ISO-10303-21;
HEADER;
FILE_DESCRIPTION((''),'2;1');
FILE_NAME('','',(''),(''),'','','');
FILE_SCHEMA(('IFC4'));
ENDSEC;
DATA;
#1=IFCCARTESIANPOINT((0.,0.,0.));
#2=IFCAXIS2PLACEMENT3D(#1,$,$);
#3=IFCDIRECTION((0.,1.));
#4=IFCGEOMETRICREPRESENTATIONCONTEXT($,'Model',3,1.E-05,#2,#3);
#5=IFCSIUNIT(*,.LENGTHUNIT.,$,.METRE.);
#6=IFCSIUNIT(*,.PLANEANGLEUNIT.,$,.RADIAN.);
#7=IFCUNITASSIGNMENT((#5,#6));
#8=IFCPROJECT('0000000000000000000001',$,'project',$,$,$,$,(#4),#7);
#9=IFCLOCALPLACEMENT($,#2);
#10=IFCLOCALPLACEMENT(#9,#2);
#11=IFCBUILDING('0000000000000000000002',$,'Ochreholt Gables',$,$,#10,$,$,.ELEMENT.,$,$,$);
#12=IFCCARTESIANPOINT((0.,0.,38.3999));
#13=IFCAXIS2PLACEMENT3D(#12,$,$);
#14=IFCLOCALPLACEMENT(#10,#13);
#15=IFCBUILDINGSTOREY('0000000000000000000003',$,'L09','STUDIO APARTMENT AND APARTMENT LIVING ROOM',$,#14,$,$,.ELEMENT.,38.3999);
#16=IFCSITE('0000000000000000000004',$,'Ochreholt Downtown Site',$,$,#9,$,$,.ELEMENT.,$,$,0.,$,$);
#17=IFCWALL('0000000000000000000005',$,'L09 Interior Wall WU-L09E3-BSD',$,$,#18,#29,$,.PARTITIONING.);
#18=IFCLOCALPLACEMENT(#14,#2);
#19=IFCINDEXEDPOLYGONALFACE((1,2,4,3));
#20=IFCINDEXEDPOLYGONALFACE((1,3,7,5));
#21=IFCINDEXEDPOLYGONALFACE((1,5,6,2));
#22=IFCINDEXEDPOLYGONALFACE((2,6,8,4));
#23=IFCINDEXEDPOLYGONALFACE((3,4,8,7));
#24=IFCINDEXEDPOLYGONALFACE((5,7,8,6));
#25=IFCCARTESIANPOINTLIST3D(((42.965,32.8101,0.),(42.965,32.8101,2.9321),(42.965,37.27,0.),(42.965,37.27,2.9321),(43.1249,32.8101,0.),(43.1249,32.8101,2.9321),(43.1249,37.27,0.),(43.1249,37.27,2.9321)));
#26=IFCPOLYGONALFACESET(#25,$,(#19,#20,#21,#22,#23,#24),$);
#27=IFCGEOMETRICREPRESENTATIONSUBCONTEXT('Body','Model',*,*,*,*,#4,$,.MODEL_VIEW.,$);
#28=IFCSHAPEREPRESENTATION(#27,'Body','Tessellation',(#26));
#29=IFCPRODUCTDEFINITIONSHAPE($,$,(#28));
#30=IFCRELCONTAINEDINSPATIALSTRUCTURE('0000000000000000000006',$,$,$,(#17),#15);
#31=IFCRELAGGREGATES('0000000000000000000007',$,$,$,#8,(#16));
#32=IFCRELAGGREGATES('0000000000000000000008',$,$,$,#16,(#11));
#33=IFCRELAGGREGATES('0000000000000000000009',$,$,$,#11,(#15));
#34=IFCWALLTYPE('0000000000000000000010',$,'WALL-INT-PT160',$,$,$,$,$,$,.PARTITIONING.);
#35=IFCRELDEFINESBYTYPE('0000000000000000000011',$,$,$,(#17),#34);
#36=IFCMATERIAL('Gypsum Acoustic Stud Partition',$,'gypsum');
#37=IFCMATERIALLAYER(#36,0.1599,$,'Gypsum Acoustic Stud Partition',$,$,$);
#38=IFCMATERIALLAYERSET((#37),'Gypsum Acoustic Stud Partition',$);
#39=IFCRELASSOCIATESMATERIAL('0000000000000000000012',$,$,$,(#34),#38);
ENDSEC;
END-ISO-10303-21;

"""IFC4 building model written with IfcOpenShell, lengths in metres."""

from ifc_helpers import new_model, si_unit, direction, frame, frame_2d, origin, place, context, subcontext, project, spatial, rectangle, extrude, material, layer, layer_set, type_object, element, save


model = new_model("IFC4")

# Units and contexts
model_context = context("Model", 3, precision=1e-05, world=origin(), true_north=direction((0.0, 1.0)))
body_context = subcontext(model_context, "Body", "Model", "MODEL_VIEW")
ifc_project = project(units=[si_unit("LENGTHUNIT", "METRE"), si_unit("PLANEANGLEUNIT", "RADIAN")], contexts=[model_context])

# Site, building, storey
site_placement = place(None, origin())
site = spatial("IfcSite", under=ifc_project, at=site_placement, Name="Ochreholt Downtown Site", CompositionType="ELEMENT", RefElevation=0.0)
building_placement = place(site_placement, origin())
building = spatial("IfcBuilding", under=site, at=building_placement, Name="Ochreholt Gables", CompositionType="ELEMENT")
storey_placement = place(building_placement, frame((0.0, 0.0, 38.3999)))
storey = spatial("IfcBuildingStorey", under=building, at=storey_placement, Name="L09", Description="STUDIO APARTMENT AND APARTMENT LIVING ROOM", CompositionType="ELEMENT", Elevation=38.3999)

# Shared definitions
ifc_material_1 = material(Name="Gypsum Acoustic Stud Partition", Category="gypsum")
ifc_layer_1 = layer(ifc_material_1, 0.1599, Name="Gypsum Acoustic Stud Partition")
ifc_layer_set_1 = layer_set([ifc_layer_1], Name="Gypsum Acoustic Stud Partition")
wall_type_1 = type_object("IfcWallType", Name="WALL-INT-PT160", PredefinedType="PARTITIONING", material=ifc_layer_set_1)

# Wall
wall_1_placement = place(storey_placement, frame((43.0449, 32.8101, 0.0), z_axis=(0.0, 0.0, 1.0), x_axis=(0.0, 1.0, 0.0)))
element("IfcWall", 1, at=wall_1_placement, inside=storey, type_object=wall_type_1, Name="L09 Interior Wall WU-L09E3-BSD", PredefinedType="PARTITIONING", context=body_context, shape_type="SweptSolid", body=[
    extrude(rectangle(XDim=4.46, YDim=0.1599, at=frame_2d((2.23, 0.0))), origin(), (0.0, 0.0, 1.0), 2.9321),
])

save(model, "model.ifc")
